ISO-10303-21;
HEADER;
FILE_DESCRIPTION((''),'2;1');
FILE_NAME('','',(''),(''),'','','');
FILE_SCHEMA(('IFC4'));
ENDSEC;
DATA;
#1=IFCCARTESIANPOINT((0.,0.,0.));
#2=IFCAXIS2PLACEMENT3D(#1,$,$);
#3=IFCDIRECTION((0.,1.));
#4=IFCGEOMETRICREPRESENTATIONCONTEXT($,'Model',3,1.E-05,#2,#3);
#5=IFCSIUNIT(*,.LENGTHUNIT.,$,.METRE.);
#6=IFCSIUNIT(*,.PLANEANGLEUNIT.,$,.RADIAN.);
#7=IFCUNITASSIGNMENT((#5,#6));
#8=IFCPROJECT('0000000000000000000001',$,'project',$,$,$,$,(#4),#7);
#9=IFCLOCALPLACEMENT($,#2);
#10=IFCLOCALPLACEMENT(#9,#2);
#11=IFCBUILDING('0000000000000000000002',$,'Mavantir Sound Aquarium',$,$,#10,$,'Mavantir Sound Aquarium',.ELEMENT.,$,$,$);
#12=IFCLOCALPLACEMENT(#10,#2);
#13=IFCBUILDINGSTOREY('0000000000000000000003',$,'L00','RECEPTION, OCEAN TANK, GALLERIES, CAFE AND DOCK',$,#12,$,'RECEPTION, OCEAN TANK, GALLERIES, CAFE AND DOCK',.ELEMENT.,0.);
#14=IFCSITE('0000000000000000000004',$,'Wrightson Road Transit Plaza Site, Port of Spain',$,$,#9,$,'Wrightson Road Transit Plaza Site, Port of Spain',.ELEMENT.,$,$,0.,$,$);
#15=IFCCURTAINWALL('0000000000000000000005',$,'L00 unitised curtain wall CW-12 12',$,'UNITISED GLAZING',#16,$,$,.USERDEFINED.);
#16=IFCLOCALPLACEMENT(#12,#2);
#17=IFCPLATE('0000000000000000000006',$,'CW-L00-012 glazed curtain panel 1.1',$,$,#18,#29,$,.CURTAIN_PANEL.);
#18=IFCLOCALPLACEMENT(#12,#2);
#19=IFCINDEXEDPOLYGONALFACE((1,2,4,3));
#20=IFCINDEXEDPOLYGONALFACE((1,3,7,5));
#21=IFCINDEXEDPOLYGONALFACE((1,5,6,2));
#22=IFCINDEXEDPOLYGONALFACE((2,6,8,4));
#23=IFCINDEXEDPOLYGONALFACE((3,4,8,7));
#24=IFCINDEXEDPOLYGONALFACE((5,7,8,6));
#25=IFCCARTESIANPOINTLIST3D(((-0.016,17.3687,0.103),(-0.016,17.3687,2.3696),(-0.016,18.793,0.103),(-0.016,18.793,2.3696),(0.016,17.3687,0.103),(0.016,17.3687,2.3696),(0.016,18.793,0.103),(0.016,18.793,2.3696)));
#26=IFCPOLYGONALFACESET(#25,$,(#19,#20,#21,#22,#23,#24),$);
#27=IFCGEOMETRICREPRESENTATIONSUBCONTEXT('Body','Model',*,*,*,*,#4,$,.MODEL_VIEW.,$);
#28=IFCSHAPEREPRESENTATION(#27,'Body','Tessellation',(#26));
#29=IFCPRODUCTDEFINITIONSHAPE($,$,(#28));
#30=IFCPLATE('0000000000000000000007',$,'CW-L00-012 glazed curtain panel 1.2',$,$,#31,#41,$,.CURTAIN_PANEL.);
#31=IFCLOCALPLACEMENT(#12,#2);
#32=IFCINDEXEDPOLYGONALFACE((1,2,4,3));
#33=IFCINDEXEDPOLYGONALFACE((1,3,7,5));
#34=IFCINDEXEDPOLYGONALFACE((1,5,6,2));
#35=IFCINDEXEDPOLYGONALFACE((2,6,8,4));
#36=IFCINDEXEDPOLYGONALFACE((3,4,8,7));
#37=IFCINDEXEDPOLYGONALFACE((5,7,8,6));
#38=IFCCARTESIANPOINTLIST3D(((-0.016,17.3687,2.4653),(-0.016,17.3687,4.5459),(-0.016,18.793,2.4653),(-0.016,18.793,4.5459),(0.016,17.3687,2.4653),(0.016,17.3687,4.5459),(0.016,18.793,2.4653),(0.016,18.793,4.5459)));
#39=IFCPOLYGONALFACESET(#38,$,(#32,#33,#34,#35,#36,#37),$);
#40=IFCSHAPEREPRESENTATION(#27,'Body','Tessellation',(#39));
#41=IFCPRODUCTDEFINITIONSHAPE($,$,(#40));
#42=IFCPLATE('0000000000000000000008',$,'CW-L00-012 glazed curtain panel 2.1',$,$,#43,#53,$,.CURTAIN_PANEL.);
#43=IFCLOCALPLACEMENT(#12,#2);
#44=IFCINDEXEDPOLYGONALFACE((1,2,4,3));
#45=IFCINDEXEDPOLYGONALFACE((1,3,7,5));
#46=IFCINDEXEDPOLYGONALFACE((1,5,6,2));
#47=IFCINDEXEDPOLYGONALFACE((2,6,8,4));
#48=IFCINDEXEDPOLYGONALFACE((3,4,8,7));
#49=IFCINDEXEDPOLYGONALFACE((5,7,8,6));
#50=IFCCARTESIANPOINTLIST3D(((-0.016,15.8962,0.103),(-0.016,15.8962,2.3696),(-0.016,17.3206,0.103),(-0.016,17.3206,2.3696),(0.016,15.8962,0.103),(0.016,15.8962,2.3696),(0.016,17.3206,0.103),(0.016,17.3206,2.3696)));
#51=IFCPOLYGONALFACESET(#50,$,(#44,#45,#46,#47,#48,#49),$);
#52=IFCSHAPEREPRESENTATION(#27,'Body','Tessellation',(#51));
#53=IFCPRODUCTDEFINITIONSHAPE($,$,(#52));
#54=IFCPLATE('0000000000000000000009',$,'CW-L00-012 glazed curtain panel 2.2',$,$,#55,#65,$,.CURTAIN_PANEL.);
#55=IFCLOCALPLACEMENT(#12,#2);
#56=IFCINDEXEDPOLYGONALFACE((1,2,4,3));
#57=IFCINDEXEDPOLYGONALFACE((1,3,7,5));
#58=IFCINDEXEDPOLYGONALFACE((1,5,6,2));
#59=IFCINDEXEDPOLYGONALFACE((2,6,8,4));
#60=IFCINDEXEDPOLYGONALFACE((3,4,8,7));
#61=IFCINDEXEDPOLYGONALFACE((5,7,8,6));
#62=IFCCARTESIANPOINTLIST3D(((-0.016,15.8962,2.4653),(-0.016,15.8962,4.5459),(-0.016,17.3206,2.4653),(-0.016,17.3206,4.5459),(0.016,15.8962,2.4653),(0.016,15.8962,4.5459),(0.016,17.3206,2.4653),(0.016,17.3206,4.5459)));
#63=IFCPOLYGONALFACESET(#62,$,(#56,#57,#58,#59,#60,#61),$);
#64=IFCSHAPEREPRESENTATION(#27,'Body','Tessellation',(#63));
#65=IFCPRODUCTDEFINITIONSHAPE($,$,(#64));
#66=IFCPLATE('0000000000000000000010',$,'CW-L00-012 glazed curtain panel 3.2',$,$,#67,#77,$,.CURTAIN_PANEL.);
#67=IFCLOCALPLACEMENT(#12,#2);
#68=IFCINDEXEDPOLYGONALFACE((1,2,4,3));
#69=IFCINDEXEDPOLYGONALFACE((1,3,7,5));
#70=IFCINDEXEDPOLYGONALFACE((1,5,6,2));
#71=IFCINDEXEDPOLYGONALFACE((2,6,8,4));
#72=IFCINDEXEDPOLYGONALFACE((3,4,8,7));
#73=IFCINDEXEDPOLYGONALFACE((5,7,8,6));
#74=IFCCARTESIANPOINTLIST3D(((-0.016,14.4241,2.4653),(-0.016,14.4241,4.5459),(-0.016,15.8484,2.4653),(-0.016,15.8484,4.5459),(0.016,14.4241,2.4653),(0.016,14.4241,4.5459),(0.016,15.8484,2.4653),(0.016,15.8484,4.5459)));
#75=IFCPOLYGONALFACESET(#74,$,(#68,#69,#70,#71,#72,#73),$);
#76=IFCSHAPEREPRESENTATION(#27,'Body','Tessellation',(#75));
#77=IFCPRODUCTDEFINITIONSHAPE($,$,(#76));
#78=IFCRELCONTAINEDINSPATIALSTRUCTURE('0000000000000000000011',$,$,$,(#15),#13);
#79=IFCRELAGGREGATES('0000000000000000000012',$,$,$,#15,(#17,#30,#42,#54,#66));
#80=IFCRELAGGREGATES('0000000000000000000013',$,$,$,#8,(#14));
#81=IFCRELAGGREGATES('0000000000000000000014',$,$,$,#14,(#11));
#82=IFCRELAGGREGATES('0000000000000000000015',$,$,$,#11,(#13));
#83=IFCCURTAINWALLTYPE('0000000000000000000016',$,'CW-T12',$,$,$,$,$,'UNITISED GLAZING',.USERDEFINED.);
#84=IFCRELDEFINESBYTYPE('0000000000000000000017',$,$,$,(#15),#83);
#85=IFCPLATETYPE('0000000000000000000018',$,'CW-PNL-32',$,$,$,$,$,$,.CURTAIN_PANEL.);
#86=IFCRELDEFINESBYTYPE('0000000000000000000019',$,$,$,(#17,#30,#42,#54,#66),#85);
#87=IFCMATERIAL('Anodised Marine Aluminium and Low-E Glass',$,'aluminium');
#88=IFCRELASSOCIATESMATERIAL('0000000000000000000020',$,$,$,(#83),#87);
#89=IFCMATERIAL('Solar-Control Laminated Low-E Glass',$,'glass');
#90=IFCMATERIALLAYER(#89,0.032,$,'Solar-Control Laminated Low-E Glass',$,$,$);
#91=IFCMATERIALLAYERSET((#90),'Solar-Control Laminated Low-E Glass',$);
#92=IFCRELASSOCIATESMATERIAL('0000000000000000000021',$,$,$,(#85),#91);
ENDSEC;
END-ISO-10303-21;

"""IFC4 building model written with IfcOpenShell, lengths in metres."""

from ifc_helpers import new_model, si_unit, direction, frame, origin, origin_2d, place, context, subcontext, project, spatial, rectangle, extrude, material, layer, layer_set, type_object, element, aggregate, save


model = new_model("IFC4")

# Units and contexts
model_context = context("Model", 3, precision=1e-05, world=origin(), true_north=direction((0.0, 1.0)))
body_context = subcontext(model_context, "Body", "Model", "MODEL_VIEW")
ifc_project = project(units=[si_unit("LENGTHUNIT", "METRE"), si_unit("PLANEANGLEUNIT", "RADIAN")], contexts=[model_context])

# Site, building, storey
site_placement = place(None, origin())
site = spatial("IfcSite", under=ifc_project, at=site_placement, Name="Wrightson Road Transit Plaza Site, Port of Spain", LongName="Wrightson Road Transit Plaza Site, Port of Spain", CompositionType="ELEMENT", RefElevation=0.0)
building_placement = place(site_placement, origin())
building = spatial("IfcBuilding", under=site, at=building_placement, Name="Mavantir Sound Aquarium", LongName="Mavantir Sound Aquarium", CompositionType="ELEMENT")
storey_placement = place(building_placement, origin())
storey = spatial("IfcBuildingStorey", under=building, at=storey_placement, Name="L00", Description="RECEPTION, OCEAN TANK, GALLERIES, CAFE AND DOCK", LongName="RECEPTION, OCEAN TANK, GALLERIES, CAFE AND DOCK", CompositionType="ELEMENT", Elevation=0.0)

# Curtain wall
ifc_material_1 = material(Name="Anodised Marine Aluminium and Low-E Glass", Category="aluminium")
curtain_wall_type_1 = type_object("IfcCurtainWallType", Name="CW-T12", ElementType="UNITISED GLAZING", PredefinedType="USERDEFINED", material=ifc_material_1)
curtain_wall_1_placement = place(storey_placement, origin())
curtain_wall_1 = element("IfcCurtainWall", 1, at=curtain_wall_1_placement, inside=storey, type_object=curtain_wall_type_1, Name="L00 unitised curtain wall CW-12 12", ObjectType="UNITISED GLAZING", PredefinedType="USERDEFINED")

# Plates
ifc_material_2 = material(Name="Solar-Control Laminated Low-E Glass", Category="glass")
ifc_layer_1 = layer(ifc_material_2, 0.032, Name="Solar-Control Laminated Low-E Glass")
ifc_layer_set_1 = layer_set([ifc_layer_1], Name="Solar-Control Laminated Low-E Glass")
plate_type_1 = type_object("IfcPlateType", Name="CW-PNL-32", PredefinedType="CURTAIN_PANEL", material=ifc_layer_set_1)
plate_1_placement = place(storey_placement, frame((0.0, 18.0808, 0.103), z_axis=(0.0, 0.0, 1.0), x_axis=(0.0, -1.0, 0.0)))
plate_1 = element("IfcPlate", 2, at=plate_1_placement, type_object=plate_type_1, Name="CW-L00-012 glazed curtain panel 1.1", PredefinedType="CURTAIN_PANEL", context=body_context, shape_type="SweptSolid", body=[
    extrude(rectangle(XDim=1.4243, YDim=0.032, at=origin_2d()), origin(), (0.0, 0.0, 1.0), 2.2666),
])
plate_2_placement = place(storey_placement, frame((0.0, 18.0808, 2.4653), z_axis=(0.0, 0.0, 1.0), x_axis=(0.0, -1.0, 0.0)))
plate_2 = element("IfcPlate", 3, at=plate_2_placement, type_object=plate_type_1, Name="CW-L00-012 glazed curtain panel 1.2", PredefinedType="CURTAIN_PANEL", context=body_context, shape_type="SweptSolid", body=[
    extrude(rectangle(XDim=1.4243, YDim=0.032, at=origin_2d()), origin(), (0.0, 0.0, 1.0), 2.0806),
])
plate_3_placement = place(storey_placement, frame((0.0, 16.6084, 0.103), z_axis=(0.0, 0.0, 1.0), x_axis=(0.0, -1.0, 0.0)))
plate_3 = element("IfcPlate", 4, at=plate_3_placement, type_object=plate_type_1, Name="CW-L00-012 glazed curtain panel 2.1", PredefinedType="CURTAIN_PANEL", context=body_context, shape_type="SweptSolid", body=[
    extrude(rectangle(XDim=1.4243, YDim=0.032, at=origin_2d()), origin(), (0.0, 0.0, 1.0), 2.2666),
])
plate_4_placement = place(storey_placement, frame((0.0, 16.6084, 2.4653), z_axis=(0.0, 0.0, 1.0), x_axis=(0.0, -1.0, 0.0)))
plate_4 = element("IfcPlate", 5, at=plate_4_placement, type_object=plate_type_1, Name="CW-L00-012 glazed curtain panel 2.2", PredefinedType="CURTAIN_PANEL", context=body_context, shape_type="SweptSolid", body=[
    extrude(rectangle(XDim=1.4243, YDim=0.032, at=origin_2d()), origin(), (0.0, 0.0, 1.0), 2.0806),
])
plate_5_placement = place(storey_placement, frame((0.0, 15.1362, 2.4653), z_axis=(0.0, 0.0, 1.0), x_axis=(0.0, -1.0, 0.0)))
plate_5 = element("IfcPlate", 6, at=plate_5_placement, type_object=plate_type_1, Name="CW-L00-012 glazed curtain panel 3.2", PredefinedType="CURTAIN_PANEL", context=body_context, shape_type="SweptSolid", body=[
    extrude(rectangle(XDim=1.4243, YDim=0.032, at=origin_2d()), origin(), (0.0, 0.0, 1.0), 2.0806),
])
aggregate(curtain_wall_1, [plate_1, plate_2, plate_3, plate_4, plate_5])

save(model, "model.ifc")
